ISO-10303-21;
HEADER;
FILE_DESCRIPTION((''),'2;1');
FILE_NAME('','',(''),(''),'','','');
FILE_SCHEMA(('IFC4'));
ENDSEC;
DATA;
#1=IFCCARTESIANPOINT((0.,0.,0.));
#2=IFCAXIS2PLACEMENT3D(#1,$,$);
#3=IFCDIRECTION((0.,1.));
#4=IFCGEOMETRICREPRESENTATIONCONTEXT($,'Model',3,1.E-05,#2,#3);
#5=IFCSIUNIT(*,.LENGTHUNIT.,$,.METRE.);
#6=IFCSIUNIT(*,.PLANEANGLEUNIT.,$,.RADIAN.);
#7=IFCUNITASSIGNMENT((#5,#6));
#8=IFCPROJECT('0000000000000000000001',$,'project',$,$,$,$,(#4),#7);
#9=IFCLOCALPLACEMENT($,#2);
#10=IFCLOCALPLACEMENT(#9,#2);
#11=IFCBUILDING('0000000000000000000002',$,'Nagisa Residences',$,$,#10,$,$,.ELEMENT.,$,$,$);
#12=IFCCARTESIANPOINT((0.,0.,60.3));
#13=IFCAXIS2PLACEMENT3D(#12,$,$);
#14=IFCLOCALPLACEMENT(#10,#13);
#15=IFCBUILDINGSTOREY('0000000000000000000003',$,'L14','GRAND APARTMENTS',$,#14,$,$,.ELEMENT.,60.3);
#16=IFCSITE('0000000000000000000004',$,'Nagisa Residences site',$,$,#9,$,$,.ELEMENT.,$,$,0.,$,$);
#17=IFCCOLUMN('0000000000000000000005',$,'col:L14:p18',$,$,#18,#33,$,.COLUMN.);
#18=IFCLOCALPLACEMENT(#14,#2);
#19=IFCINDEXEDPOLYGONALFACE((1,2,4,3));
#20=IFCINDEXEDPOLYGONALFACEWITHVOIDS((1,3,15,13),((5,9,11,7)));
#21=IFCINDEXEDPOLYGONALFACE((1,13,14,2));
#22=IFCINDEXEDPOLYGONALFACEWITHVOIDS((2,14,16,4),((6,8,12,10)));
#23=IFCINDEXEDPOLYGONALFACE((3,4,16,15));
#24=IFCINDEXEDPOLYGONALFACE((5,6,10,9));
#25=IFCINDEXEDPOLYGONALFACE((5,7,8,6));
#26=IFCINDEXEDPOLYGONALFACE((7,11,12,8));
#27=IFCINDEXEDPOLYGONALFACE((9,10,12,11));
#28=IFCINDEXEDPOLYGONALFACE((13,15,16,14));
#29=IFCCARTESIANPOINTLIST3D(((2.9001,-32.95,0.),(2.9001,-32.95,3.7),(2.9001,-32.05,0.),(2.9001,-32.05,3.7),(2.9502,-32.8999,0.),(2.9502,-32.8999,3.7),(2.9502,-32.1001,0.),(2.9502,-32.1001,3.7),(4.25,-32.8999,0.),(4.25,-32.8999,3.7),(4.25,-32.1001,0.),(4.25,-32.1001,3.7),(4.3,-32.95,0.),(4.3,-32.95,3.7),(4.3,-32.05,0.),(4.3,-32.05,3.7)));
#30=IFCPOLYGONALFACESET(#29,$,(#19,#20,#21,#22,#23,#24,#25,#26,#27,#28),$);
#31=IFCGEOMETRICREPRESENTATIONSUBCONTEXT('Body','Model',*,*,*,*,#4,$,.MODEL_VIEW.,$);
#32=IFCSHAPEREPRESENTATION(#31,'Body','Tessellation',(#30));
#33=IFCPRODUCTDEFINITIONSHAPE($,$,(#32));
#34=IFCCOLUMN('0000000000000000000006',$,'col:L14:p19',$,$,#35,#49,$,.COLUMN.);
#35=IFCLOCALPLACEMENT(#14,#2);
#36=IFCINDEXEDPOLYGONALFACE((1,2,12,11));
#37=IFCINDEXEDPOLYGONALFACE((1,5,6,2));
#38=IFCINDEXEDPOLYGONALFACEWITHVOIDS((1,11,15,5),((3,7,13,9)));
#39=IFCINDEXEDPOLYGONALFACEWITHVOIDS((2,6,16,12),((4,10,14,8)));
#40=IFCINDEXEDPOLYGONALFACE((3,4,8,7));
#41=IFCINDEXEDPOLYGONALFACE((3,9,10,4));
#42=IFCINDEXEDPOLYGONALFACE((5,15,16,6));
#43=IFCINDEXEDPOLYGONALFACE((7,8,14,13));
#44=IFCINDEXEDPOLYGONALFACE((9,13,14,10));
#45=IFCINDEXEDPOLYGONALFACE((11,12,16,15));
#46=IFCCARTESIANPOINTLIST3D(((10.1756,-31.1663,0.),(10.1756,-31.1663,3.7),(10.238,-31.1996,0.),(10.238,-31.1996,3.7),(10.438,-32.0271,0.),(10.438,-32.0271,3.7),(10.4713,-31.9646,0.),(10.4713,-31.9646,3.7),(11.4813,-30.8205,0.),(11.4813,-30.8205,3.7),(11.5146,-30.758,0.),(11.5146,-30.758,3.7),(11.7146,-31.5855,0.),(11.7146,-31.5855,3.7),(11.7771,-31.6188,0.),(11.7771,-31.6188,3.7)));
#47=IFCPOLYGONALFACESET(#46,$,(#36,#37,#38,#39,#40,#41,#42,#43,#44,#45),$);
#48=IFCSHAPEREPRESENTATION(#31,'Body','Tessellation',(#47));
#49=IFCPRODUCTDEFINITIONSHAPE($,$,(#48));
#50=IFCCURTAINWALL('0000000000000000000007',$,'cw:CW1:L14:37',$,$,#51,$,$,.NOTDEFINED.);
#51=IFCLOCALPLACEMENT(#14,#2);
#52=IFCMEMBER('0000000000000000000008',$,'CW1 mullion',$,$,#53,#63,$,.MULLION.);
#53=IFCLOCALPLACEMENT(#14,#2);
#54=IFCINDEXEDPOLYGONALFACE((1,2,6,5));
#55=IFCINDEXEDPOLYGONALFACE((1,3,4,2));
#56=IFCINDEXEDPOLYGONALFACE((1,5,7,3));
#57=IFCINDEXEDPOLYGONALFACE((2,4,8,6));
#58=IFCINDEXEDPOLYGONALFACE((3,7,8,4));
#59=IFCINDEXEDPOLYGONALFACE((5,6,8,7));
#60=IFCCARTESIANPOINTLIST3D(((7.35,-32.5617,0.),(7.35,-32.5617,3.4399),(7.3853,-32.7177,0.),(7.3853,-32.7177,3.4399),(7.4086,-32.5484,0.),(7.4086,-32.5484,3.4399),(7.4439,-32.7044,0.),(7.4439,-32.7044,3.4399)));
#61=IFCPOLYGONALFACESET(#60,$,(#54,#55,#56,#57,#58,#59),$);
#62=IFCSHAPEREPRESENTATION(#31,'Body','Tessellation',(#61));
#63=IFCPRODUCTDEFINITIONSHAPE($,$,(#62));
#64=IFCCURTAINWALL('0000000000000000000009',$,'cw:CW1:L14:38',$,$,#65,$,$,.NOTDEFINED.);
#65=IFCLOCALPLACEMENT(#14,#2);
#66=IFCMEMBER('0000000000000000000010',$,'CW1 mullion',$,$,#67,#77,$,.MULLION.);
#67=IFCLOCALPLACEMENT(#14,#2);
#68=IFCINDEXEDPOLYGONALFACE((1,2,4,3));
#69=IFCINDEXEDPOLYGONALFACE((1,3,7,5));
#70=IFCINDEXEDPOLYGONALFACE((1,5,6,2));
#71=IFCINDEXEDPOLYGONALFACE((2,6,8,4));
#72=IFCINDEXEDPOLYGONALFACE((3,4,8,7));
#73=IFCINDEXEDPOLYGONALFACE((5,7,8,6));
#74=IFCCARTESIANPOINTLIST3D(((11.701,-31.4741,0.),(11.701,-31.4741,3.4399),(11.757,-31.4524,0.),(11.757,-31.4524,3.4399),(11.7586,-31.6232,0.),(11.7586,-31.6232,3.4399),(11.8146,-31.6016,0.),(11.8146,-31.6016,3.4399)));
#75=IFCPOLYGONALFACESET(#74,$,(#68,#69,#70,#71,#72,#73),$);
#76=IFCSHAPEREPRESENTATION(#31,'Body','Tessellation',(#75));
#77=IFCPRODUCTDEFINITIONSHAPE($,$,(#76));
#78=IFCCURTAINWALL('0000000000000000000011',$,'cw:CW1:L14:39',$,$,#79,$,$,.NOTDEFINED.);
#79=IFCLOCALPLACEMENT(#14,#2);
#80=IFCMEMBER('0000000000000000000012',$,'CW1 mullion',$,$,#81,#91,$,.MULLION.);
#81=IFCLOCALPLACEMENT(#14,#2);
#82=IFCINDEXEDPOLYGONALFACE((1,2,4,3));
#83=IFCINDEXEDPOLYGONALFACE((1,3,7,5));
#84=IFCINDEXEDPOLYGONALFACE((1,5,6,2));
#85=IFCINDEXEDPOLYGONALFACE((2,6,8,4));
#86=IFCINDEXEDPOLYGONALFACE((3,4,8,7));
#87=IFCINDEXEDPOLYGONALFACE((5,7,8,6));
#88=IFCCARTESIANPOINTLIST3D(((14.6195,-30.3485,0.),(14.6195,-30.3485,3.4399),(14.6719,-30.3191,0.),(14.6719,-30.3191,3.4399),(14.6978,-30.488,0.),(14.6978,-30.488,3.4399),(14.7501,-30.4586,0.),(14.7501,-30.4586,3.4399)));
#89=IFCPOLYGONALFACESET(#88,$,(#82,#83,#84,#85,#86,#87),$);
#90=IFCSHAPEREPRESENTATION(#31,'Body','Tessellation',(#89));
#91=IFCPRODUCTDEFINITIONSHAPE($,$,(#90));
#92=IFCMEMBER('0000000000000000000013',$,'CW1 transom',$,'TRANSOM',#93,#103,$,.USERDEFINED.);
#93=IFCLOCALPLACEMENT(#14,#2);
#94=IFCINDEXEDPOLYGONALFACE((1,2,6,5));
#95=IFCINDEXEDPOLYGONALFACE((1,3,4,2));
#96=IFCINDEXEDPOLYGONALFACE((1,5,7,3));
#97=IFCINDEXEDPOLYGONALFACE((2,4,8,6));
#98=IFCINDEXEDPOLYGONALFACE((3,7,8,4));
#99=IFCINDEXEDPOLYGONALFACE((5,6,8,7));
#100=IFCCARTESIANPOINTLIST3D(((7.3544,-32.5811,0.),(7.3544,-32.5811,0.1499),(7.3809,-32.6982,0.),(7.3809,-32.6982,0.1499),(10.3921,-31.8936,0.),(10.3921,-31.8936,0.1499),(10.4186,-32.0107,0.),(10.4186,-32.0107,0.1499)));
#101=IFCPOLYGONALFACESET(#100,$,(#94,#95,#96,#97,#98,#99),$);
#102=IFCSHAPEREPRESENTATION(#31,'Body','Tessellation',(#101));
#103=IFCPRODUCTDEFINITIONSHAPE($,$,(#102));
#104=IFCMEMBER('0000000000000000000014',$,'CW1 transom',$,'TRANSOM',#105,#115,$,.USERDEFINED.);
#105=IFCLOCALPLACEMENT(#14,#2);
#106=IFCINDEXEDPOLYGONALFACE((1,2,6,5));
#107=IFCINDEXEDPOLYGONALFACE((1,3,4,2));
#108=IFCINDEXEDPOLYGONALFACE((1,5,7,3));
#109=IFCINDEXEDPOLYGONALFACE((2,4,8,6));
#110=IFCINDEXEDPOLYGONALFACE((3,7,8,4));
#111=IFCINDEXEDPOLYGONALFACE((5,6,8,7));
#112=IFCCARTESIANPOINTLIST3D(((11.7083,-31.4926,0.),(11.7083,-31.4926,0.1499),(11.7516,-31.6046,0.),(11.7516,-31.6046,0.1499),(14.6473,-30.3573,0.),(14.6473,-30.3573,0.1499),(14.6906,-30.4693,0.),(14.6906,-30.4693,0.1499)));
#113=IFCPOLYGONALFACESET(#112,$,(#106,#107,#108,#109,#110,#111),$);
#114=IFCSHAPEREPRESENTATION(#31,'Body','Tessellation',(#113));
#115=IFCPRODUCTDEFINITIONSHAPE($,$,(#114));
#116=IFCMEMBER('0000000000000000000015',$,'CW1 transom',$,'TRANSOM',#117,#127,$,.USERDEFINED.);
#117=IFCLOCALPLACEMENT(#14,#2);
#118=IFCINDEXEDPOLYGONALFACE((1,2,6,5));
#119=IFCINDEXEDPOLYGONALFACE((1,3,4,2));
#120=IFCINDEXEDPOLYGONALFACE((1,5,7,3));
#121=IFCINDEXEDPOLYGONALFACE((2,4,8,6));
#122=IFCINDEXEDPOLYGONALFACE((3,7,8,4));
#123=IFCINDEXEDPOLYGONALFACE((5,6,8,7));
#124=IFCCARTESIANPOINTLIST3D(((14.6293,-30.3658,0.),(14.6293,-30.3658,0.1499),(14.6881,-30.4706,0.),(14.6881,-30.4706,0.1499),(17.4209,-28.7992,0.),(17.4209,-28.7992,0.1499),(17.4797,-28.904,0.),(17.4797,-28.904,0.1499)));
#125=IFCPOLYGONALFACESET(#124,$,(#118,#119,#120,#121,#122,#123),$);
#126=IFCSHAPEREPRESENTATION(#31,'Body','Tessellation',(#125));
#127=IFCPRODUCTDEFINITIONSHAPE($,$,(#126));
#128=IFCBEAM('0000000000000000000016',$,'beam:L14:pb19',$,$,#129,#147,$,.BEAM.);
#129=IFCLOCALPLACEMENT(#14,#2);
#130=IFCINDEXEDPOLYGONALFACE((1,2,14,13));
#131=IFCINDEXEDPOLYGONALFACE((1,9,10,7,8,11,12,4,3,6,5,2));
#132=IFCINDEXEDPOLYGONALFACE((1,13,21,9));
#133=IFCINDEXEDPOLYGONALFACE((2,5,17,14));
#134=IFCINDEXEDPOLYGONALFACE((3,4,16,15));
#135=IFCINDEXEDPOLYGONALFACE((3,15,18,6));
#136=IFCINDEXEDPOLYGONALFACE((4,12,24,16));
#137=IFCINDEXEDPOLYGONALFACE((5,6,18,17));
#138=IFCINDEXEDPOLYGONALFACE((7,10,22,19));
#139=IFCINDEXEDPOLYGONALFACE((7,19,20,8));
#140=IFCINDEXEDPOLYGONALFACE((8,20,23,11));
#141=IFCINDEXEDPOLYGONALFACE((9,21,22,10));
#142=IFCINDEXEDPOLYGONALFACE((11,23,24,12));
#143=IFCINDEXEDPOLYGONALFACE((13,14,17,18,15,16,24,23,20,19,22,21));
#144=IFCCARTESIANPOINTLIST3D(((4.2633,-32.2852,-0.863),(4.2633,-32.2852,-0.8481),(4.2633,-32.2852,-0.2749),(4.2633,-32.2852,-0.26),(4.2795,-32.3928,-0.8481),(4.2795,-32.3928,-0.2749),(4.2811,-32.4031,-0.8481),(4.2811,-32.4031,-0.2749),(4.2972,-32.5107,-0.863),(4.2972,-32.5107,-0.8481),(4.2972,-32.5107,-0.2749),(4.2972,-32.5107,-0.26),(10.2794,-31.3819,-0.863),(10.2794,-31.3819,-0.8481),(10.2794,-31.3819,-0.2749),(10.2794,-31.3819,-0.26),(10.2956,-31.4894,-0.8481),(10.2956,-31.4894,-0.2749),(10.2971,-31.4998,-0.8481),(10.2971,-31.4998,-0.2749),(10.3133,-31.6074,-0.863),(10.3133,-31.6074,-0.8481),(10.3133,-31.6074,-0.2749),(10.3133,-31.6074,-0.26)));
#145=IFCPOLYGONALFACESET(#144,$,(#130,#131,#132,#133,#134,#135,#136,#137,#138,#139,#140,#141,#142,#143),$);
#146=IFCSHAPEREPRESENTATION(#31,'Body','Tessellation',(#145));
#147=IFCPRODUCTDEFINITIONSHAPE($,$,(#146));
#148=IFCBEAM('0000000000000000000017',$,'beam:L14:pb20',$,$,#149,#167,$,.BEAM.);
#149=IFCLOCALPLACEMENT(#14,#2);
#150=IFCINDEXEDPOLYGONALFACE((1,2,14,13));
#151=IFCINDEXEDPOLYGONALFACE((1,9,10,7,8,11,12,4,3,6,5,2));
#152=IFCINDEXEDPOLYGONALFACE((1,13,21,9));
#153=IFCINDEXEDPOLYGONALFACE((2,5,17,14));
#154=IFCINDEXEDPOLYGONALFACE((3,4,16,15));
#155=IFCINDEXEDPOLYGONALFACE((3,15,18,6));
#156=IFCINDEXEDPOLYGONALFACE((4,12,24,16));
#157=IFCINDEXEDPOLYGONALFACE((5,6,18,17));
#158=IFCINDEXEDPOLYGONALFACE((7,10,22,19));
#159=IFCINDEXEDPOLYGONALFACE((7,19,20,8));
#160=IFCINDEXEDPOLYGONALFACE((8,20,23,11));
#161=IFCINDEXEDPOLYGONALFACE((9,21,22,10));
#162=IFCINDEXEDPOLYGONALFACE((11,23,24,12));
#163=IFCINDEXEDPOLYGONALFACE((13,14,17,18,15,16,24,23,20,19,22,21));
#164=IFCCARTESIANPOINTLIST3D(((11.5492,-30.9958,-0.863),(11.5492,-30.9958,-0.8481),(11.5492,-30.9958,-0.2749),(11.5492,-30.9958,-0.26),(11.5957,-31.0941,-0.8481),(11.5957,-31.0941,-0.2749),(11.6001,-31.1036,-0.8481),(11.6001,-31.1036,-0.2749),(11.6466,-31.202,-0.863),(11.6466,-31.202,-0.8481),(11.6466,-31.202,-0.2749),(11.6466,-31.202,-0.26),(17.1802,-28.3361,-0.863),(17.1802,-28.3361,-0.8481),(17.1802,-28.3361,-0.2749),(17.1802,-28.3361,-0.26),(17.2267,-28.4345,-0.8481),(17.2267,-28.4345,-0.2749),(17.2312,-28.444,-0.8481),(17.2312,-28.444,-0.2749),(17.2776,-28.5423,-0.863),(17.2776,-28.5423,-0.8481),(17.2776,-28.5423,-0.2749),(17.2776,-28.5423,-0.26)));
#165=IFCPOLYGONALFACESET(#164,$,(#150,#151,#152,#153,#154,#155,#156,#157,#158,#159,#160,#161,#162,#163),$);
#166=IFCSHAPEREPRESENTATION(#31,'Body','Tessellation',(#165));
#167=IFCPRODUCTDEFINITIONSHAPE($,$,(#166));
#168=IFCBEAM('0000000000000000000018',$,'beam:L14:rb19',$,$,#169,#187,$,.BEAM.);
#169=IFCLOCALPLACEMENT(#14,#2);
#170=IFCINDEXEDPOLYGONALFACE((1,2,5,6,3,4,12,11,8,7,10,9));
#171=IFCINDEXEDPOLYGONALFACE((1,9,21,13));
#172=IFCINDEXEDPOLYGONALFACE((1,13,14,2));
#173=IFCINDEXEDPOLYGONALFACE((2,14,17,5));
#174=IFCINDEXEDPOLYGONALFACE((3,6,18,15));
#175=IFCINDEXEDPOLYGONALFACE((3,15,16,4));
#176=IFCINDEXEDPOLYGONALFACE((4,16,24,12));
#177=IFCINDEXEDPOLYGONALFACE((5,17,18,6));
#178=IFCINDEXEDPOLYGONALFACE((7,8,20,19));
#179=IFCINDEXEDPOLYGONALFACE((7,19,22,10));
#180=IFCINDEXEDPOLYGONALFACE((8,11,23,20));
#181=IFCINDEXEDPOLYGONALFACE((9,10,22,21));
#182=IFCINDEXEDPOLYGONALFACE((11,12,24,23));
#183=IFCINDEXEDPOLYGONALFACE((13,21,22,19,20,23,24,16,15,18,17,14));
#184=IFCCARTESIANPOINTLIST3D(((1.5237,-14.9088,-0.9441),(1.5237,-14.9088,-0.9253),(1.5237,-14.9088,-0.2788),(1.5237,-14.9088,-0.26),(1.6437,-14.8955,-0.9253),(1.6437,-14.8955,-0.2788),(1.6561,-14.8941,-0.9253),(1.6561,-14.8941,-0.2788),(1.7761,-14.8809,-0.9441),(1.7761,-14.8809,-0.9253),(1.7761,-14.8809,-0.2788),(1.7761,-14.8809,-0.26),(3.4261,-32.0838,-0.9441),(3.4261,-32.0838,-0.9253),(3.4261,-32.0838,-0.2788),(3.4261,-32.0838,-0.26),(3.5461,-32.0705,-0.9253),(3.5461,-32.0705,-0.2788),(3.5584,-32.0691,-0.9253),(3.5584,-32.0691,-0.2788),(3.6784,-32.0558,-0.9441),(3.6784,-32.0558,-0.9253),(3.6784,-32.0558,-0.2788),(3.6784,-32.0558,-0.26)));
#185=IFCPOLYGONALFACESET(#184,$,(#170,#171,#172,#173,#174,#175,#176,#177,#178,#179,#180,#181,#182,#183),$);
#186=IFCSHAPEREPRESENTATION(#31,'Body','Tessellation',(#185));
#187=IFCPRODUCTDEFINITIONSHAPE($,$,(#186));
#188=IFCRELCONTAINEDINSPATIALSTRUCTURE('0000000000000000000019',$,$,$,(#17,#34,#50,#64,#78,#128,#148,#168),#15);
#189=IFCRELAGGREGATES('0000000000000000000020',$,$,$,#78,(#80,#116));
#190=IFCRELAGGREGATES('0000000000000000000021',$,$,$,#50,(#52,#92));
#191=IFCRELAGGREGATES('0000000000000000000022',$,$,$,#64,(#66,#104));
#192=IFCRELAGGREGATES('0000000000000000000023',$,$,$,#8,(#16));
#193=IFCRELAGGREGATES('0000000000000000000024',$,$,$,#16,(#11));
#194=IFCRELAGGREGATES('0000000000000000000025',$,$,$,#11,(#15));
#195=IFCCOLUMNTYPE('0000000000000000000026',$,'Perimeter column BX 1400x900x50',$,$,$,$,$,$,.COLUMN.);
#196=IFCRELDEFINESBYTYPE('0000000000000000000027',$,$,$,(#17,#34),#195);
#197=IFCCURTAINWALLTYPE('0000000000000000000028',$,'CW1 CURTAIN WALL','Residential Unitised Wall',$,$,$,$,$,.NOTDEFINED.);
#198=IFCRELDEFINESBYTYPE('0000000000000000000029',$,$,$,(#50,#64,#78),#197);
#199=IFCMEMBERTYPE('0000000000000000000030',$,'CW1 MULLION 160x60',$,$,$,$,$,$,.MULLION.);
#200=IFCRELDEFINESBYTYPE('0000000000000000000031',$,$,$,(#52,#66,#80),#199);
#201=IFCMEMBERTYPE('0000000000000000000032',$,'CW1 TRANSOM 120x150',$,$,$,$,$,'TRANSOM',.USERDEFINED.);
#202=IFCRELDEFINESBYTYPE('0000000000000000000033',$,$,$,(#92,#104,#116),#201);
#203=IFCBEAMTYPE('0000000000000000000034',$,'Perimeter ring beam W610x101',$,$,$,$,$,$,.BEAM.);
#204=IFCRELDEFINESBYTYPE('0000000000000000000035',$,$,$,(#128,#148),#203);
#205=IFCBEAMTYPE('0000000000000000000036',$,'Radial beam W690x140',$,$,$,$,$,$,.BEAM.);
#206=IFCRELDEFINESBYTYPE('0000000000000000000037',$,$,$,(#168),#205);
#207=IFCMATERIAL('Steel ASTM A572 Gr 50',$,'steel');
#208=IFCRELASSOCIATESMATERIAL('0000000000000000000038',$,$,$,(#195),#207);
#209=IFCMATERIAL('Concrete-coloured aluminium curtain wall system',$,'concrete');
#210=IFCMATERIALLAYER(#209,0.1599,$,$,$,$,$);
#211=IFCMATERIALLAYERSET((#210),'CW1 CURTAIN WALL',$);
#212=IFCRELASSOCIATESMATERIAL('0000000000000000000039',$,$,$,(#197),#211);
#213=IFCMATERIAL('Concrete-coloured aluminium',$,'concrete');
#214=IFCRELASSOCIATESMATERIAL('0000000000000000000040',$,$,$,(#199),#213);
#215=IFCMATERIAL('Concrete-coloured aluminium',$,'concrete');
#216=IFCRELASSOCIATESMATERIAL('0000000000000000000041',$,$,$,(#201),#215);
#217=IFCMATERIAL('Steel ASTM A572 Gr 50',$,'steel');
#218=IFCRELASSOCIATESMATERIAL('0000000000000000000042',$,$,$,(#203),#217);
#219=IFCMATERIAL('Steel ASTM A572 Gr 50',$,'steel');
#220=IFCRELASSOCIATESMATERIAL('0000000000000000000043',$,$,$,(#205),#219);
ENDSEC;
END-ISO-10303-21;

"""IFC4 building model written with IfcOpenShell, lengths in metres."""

from ifc_helpers import new_model, si_unit, direction, frame, origin, origin_2d, place, context, subcontext, project, spatial, rectangle, hollow_rectangle, i_section, extrude, material, layer, layer_set, material_profile, profile_set, type_object, element, aggregate, save


model = new_model("IFC4")

# Units and contexts
model_context = context("Model", 3, precision=1e-05, world=origin(), true_north=direction((0.0, 1.0)))
body_context = subcontext(model_context, "Body", "Model", "MODEL_VIEW")
ifc_project = project(units=[si_unit("LENGTHUNIT", "METRE"), si_unit("PLANEANGLEUNIT", "RADIAN")], contexts=[model_context])

# Site, building, storey
site_placement = place(None, origin())
site = spatial("IfcSite", under=ifc_project, at=site_placement, Name="Nagisa Residences site", CompositionType="ELEMENT", RefElevation=0.0)
building_placement = place(site_placement, origin())
building = spatial("IfcBuilding", under=site, at=building_placement, Name="Nagisa Residences", CompositionType="ELEMENT")
storey_placement = place(building_placement, frame((0.0, 0.0, 60.3)))
storey = spatial("IfcBuildingStorey", under=building, at=storey_placement, Name="L14", Description="GRAND APARTMENTS", CompositionType="ELEMENT", Elevation=60.3)

# Columns
ifc_material_1 = material(Name="Steel ASTM A572 Gr 50", Category="steel")
ifc_material_profile_1 = material_profile(ifc_material_1, hollow_rectangle(XDim=1.3999, YDim=0.8999, WallThickness=0.05, at=origin_2d()), Name="BX 1400x900x50")
ifc_profile_set_1 = profile_set([ifc_material_profile_1], Name="Steel ASTM A572 Gr 50")
column_type = type_object("IfcColumnType", Name="Perimeter column BX 1400x900x50", PredefinedType="COLUMN", material=ifc_profile_set_1)
for number, where, z_axis, x_axis, name in (
    (1, (3.6001, -32.5, 0.0), (0.0, 0.0, 1.0), (1.0, 0.0, 0.0), "col:L14:p18"),
    (2, (10.9763, -31.3926, 0.0), (0.0, 0.0, 1.0), (0.956525, 0.291652, 0.0), "col:L14:p19"),
):
    element("IfcColumn", number, at=place(storey_placement, frame(where, z_axis=z_axis, x_axis=x_axis)), inside=storey, type_object=column_type, Name=name, PredefinedType="COLUMN", context=body_context, shape_type="SweptSolid", body=[
        extrude(hollow_rectangle(XDim=1.3999, YDim=0.8999, WallThickness=0.05, at=origin_2d()), origin(), (0.0, 0.0, 1.0), 3.7),
    ])

# Curtain walls, members
ifc_material_2 = material(Name="Concrete-coloured aluminium curtain wall system", Category="concrete")
ifc_layer_1 = layer(ifc_material_2, 0.1599)
ifc_layer_set_1 = layer_set([ifc_layer_1], Name="CW1 CURTAIN WALL")
curtain_wall_type = type_object("IfcCurtainWallType", Name="CW1 CURTAIN WALL", Description="Residential Unitised Wall", PredefinedType="NOTDEFINED", material=ifc_layer_set_1)
curtain_wall_1_placement = place(storey_placement, origin())
curtain_wall_1 = element("IfcCurtainWall", 3, at=curtain_wall_1_placement, inside=storey, type_object=curtain_wall_type, Name="cw:CW1:L14:37", PredefinedType="NOTDEFINED")
ifc_material_3 = material(Name="Concrete-coloured aluminium", Category="concrete")
ifc_material_profile_2 = material_profile(ifc_material_3, rectangle(XDim=0.1599, YDim=0.0601, at=origin_2d()), Name="CW1 MULLION 160x60")
ifc_profile_set_2 = profile_set([ifc_material_profile_2], Name="Concrete-coloured aluminium")
member_type_1 = type_object("IfcMemberType", Name="CW1 MULLION 160x60", PredefinedType="MULLION", material=ifc_profile_set_2)
member_1_placement = place(storey_placement, frame((7.397, -32.6331, 0.0), z_axis=(0.0, 0.0, 1.0), x_axis=(-0.220764, 0.975327, 0.0)))
member_1 = element("IfcMember", 4, at=member_1_placement, type_object=member_type_1, Name="CW1 mullion", PredefinedType="MULLION", context=body_context, shape_type="SweptSolid", body=[
    extrude(rectangle(XDim=0.1599, YDim=0.0601, at=origin_2d()), origin(), (0.0, 0.0, 1.0), 3.4399),
])
curtain_wall_2_placement = place(storey_placement, origin())
curtain_wall_2 = element("IfcCurtainWall", 5, at=curtain_wall_2_placement, inside=storey, type_object=curtain_wall_type, Name="cw:CW1:L14:38", PredefinedType="NOTDEFINED")
member_2_placement = place(storey_placement, frame((11.7578, -31.5378, 0.0), z_axis=(0.0, 0.0, 1.0), x_axis=(-0.360328, 0.932826, 0.0)))
member_2 = element("IfcMember", 6, at=member_2_placement, type_object=member_type_1, Name="CW1 mullion", PredefinedType="MULLION", context=body_context, shape_type="SweptSolid", body=[
    extrude(rectangle(XDim=0.1599, YDim=0.0601, at=origin_2d()), origin(), (0.0, 0.0, 1.0), 3.4399),
])
curtain_wall_3_placement = place(storey_placement, origin())
curtain_wall_3 = element("IfcCurtainWall", 7, at=curtain_wall_3_placement, inside=storey, type_object=curtain_wall_type, Name="cw:CW1:L14:39", PredefinedType="NOTDEFINED")
member_3_placement = place(storey_placement, frame((14.6848, -30.4036, 0.0), z_axis=(0.0, 0.0, 1.0), x_axis=(-0.489377, 0.872072, 0.0)))
member_3 = element("IfcMember", 8, at=member_3_placement, type_object=member_type_1, Name="CW1 mullion", PredefinedType="MULLION", context=body_context, shape_type="SweptSolid", body=[
    extrude(rectangle(XDim=0.1599, YDim=0.0601, at=origin_2d()), origin(), (0.0, 0.0, 1.0), 3.4399),
])

# Members
ifc_material_4 = material(Name="Concrete-coloured aluminium", Category="concrete")
ifc_material_profile_3 = material_profile(ifc_material_4, rectangle(XDim=0.1201, YDim=0.1499, at=origin_2d()), Name="CW1 TRANSOM 120x150")
ifc_profile_set_3 = profile_set([ifc_material_profile_3], Name="Concrete-coloured aluminium")
member_type_2 = type_object("IfcMemberType", Name="CW1 TRANSOM 120x150", ElementType="TRANSOM", PredefinedType="USERDEFINED", material=ifc_profile_set_3)
member_4_placement = place(storey_placement, frame((7.3677, -32.6396, 0.075), z_axis=(0.975331, 0.220747, 0.0), x_axis=(-0.220747, 0.975331, 0.0)))
member_4 = element("IfcMember", 9, at=member_4_placement, type_object=member_type_2, Name="CW1 transom", ObjectType="TRANSOM", PredefinedType="USERDEFINED", context=body_context, shape_type="SweptSolid", body=[
    extrude(rectangle(XDim=0.1201, YDim=0.1499, at=origin_2d()), origin(), (0.0, 0.0, 1.0), 3.1145),
])
member_5_placement = place(storey_placement, frame((11.73, -31.5486, 0.075), z_axis=(0.932825, 0.360329, 0.0), x_axis=(-0.360329, 0.932825, 0.0)))
member_5 = element("IfcMember", 10, at=member_5_placement, type_object=member_type_2, Name="CW1 transom", ObjectType="TRANSOM", PredefinedType="USERDEFINED", context=body_context, shape_type="SweptSolid", body=[
    extrude(rectangle(XDim=0.1201, YDim=0.1499, at=origin_2d()), origin(), (0.0, 0.0, 1.0), 3.1506),
])
member_6_placement = place(storey_placement, frame((14.6587, -30.4182, 0.075), z_axis=(0.87207, 0.489381, 0.0), x_axis=(-0.489381, 0.87207, 0.0)))
member_6 = element("IfcMember", 11, at=member_6_placement, type_object=member_type_2, Name="CW1 transom", ObjectType="TRANSOM", PredefinedType="USERDEFINED", context=body_context, shape_type="SweptSolid", body=[
    extrude(rectangle(XDim=0.1201, YDim=0.1499, at=origin_2d()), origin(), (0.0, 0.0, 1.0), 3.2012),
])
aggregate(curtain_wall_3, [member_3, member_6])

# Beams
ifc_material_5 = material(Name="Steel ASTM A572 Gr 50", Category="steel")
ifc_material_profile_4 = material_profile(ifc_material_5, i_section(OverallWidth=0.228, OverallDepth=0.603, WebThickness=0.0105, FlangeThickness=0.0149, at=origin_2d()), Name="W610x101")
ifc_profile_set_4 = profile_set([ifc_material_profile_4], Name="Steel ASTM A572 Gr 50")
beam_type_1 = type_object("IfcBeamType", Name="Perimeter ring beam W610x101", PredefinedType="BEAM", material=ifc_profile_set_4)
beam_1_placement = place(storey_placement, frame((4.2803, -32.3979, -0.5615), z_axis=(0.988915, 0.148486, 0.0), x_axis=(-0.148486, 0.988915, 0.0)))
element("IfcBeam", 12, at=beam_1_placement, inside=storey, type_object=beam_type_1, Name="beam:L14:pb19", PredefinedType="BEAM", context=body_context, shape_type="SweptSolid", body=[
    extrude(i_section(OverallWidth=0.228, OverallDepth=0.603, WebThickness=0.0105, FlangeThickness=0.0149, at=origin_2d()), origin(), (0.0, 0.0, 1.0), 6.0835),
])
beam_2_placement = place(storey_placement, frame((11.5979, -31.0989, -0.5615), z_axis=(0.904215, 0.427077, 0.0), x_axis=(-0.427077, 0.904215, 0.0)))
element("IfcBeam", 13, at=beam_2_placement, inside=storey, type_object=beam_type_1, Name="beam:L14:pb20", PredefinedType="BEAM", context=body_context, shape_type="SweptSolid", body=[
    extrude(i_section(OverallWidth=0.228, OverallDepth=0.603, WebThickness=0.0105, FlangeThickness=0.0149, at=origin_2d()), origin(), (0.0, 0.0, 1.0), 6.2275),
])
ifc_material_6 = material(Name="Steel ASTM A572 Gr 50", Category="steel")
ifc_material_profile_5 = material_profile(ifc_material_6, i_section(OverallWidth=0.2539, OverallDepth=0.6841, WebThickness=0.0125, FlangeThickness=0.0188, at=origin_2d()), Name="W690x140")
ifc_profile_set_5 = profile_set([ifc_material_profile_5], Name="Steel ASTM A572 Gr 50")
beam_type_2 = type_object("IfcBeamType", Name="Radial beam W690x140", PredefinedType="BEAM", material=ifc_profile_set_5)
beam_3_placement = place(storey_placement, frame((3.5522, -32.0698, -0.6021), z_axis=(-0.110089, 0.993922, 0.0), x_axis=(-0.993922, -0.110089, 0.0)))
element("IfcBeam", 14, at=beam_3_placement, inside=storey, type_object=beam_type_2, Name="beam:L14:rb19", PredefinedType="BEAM", context=body_context, shape_type="SweptSolid", body=[
    extrude(i_section(OverallWidth=0.2539, OverallDepth=0.6841, WebThickness=0.0125, FlangeThickness=0.0188, at=origin_2d()), origin(), (0.0, 0.0, 1.0), 17.28),
])

aggregate(curtain_wall_1, [member_1, member_4])
aggregate(curtain_wall_2, [member_2, member_5])

save(model, "model.ifc")
